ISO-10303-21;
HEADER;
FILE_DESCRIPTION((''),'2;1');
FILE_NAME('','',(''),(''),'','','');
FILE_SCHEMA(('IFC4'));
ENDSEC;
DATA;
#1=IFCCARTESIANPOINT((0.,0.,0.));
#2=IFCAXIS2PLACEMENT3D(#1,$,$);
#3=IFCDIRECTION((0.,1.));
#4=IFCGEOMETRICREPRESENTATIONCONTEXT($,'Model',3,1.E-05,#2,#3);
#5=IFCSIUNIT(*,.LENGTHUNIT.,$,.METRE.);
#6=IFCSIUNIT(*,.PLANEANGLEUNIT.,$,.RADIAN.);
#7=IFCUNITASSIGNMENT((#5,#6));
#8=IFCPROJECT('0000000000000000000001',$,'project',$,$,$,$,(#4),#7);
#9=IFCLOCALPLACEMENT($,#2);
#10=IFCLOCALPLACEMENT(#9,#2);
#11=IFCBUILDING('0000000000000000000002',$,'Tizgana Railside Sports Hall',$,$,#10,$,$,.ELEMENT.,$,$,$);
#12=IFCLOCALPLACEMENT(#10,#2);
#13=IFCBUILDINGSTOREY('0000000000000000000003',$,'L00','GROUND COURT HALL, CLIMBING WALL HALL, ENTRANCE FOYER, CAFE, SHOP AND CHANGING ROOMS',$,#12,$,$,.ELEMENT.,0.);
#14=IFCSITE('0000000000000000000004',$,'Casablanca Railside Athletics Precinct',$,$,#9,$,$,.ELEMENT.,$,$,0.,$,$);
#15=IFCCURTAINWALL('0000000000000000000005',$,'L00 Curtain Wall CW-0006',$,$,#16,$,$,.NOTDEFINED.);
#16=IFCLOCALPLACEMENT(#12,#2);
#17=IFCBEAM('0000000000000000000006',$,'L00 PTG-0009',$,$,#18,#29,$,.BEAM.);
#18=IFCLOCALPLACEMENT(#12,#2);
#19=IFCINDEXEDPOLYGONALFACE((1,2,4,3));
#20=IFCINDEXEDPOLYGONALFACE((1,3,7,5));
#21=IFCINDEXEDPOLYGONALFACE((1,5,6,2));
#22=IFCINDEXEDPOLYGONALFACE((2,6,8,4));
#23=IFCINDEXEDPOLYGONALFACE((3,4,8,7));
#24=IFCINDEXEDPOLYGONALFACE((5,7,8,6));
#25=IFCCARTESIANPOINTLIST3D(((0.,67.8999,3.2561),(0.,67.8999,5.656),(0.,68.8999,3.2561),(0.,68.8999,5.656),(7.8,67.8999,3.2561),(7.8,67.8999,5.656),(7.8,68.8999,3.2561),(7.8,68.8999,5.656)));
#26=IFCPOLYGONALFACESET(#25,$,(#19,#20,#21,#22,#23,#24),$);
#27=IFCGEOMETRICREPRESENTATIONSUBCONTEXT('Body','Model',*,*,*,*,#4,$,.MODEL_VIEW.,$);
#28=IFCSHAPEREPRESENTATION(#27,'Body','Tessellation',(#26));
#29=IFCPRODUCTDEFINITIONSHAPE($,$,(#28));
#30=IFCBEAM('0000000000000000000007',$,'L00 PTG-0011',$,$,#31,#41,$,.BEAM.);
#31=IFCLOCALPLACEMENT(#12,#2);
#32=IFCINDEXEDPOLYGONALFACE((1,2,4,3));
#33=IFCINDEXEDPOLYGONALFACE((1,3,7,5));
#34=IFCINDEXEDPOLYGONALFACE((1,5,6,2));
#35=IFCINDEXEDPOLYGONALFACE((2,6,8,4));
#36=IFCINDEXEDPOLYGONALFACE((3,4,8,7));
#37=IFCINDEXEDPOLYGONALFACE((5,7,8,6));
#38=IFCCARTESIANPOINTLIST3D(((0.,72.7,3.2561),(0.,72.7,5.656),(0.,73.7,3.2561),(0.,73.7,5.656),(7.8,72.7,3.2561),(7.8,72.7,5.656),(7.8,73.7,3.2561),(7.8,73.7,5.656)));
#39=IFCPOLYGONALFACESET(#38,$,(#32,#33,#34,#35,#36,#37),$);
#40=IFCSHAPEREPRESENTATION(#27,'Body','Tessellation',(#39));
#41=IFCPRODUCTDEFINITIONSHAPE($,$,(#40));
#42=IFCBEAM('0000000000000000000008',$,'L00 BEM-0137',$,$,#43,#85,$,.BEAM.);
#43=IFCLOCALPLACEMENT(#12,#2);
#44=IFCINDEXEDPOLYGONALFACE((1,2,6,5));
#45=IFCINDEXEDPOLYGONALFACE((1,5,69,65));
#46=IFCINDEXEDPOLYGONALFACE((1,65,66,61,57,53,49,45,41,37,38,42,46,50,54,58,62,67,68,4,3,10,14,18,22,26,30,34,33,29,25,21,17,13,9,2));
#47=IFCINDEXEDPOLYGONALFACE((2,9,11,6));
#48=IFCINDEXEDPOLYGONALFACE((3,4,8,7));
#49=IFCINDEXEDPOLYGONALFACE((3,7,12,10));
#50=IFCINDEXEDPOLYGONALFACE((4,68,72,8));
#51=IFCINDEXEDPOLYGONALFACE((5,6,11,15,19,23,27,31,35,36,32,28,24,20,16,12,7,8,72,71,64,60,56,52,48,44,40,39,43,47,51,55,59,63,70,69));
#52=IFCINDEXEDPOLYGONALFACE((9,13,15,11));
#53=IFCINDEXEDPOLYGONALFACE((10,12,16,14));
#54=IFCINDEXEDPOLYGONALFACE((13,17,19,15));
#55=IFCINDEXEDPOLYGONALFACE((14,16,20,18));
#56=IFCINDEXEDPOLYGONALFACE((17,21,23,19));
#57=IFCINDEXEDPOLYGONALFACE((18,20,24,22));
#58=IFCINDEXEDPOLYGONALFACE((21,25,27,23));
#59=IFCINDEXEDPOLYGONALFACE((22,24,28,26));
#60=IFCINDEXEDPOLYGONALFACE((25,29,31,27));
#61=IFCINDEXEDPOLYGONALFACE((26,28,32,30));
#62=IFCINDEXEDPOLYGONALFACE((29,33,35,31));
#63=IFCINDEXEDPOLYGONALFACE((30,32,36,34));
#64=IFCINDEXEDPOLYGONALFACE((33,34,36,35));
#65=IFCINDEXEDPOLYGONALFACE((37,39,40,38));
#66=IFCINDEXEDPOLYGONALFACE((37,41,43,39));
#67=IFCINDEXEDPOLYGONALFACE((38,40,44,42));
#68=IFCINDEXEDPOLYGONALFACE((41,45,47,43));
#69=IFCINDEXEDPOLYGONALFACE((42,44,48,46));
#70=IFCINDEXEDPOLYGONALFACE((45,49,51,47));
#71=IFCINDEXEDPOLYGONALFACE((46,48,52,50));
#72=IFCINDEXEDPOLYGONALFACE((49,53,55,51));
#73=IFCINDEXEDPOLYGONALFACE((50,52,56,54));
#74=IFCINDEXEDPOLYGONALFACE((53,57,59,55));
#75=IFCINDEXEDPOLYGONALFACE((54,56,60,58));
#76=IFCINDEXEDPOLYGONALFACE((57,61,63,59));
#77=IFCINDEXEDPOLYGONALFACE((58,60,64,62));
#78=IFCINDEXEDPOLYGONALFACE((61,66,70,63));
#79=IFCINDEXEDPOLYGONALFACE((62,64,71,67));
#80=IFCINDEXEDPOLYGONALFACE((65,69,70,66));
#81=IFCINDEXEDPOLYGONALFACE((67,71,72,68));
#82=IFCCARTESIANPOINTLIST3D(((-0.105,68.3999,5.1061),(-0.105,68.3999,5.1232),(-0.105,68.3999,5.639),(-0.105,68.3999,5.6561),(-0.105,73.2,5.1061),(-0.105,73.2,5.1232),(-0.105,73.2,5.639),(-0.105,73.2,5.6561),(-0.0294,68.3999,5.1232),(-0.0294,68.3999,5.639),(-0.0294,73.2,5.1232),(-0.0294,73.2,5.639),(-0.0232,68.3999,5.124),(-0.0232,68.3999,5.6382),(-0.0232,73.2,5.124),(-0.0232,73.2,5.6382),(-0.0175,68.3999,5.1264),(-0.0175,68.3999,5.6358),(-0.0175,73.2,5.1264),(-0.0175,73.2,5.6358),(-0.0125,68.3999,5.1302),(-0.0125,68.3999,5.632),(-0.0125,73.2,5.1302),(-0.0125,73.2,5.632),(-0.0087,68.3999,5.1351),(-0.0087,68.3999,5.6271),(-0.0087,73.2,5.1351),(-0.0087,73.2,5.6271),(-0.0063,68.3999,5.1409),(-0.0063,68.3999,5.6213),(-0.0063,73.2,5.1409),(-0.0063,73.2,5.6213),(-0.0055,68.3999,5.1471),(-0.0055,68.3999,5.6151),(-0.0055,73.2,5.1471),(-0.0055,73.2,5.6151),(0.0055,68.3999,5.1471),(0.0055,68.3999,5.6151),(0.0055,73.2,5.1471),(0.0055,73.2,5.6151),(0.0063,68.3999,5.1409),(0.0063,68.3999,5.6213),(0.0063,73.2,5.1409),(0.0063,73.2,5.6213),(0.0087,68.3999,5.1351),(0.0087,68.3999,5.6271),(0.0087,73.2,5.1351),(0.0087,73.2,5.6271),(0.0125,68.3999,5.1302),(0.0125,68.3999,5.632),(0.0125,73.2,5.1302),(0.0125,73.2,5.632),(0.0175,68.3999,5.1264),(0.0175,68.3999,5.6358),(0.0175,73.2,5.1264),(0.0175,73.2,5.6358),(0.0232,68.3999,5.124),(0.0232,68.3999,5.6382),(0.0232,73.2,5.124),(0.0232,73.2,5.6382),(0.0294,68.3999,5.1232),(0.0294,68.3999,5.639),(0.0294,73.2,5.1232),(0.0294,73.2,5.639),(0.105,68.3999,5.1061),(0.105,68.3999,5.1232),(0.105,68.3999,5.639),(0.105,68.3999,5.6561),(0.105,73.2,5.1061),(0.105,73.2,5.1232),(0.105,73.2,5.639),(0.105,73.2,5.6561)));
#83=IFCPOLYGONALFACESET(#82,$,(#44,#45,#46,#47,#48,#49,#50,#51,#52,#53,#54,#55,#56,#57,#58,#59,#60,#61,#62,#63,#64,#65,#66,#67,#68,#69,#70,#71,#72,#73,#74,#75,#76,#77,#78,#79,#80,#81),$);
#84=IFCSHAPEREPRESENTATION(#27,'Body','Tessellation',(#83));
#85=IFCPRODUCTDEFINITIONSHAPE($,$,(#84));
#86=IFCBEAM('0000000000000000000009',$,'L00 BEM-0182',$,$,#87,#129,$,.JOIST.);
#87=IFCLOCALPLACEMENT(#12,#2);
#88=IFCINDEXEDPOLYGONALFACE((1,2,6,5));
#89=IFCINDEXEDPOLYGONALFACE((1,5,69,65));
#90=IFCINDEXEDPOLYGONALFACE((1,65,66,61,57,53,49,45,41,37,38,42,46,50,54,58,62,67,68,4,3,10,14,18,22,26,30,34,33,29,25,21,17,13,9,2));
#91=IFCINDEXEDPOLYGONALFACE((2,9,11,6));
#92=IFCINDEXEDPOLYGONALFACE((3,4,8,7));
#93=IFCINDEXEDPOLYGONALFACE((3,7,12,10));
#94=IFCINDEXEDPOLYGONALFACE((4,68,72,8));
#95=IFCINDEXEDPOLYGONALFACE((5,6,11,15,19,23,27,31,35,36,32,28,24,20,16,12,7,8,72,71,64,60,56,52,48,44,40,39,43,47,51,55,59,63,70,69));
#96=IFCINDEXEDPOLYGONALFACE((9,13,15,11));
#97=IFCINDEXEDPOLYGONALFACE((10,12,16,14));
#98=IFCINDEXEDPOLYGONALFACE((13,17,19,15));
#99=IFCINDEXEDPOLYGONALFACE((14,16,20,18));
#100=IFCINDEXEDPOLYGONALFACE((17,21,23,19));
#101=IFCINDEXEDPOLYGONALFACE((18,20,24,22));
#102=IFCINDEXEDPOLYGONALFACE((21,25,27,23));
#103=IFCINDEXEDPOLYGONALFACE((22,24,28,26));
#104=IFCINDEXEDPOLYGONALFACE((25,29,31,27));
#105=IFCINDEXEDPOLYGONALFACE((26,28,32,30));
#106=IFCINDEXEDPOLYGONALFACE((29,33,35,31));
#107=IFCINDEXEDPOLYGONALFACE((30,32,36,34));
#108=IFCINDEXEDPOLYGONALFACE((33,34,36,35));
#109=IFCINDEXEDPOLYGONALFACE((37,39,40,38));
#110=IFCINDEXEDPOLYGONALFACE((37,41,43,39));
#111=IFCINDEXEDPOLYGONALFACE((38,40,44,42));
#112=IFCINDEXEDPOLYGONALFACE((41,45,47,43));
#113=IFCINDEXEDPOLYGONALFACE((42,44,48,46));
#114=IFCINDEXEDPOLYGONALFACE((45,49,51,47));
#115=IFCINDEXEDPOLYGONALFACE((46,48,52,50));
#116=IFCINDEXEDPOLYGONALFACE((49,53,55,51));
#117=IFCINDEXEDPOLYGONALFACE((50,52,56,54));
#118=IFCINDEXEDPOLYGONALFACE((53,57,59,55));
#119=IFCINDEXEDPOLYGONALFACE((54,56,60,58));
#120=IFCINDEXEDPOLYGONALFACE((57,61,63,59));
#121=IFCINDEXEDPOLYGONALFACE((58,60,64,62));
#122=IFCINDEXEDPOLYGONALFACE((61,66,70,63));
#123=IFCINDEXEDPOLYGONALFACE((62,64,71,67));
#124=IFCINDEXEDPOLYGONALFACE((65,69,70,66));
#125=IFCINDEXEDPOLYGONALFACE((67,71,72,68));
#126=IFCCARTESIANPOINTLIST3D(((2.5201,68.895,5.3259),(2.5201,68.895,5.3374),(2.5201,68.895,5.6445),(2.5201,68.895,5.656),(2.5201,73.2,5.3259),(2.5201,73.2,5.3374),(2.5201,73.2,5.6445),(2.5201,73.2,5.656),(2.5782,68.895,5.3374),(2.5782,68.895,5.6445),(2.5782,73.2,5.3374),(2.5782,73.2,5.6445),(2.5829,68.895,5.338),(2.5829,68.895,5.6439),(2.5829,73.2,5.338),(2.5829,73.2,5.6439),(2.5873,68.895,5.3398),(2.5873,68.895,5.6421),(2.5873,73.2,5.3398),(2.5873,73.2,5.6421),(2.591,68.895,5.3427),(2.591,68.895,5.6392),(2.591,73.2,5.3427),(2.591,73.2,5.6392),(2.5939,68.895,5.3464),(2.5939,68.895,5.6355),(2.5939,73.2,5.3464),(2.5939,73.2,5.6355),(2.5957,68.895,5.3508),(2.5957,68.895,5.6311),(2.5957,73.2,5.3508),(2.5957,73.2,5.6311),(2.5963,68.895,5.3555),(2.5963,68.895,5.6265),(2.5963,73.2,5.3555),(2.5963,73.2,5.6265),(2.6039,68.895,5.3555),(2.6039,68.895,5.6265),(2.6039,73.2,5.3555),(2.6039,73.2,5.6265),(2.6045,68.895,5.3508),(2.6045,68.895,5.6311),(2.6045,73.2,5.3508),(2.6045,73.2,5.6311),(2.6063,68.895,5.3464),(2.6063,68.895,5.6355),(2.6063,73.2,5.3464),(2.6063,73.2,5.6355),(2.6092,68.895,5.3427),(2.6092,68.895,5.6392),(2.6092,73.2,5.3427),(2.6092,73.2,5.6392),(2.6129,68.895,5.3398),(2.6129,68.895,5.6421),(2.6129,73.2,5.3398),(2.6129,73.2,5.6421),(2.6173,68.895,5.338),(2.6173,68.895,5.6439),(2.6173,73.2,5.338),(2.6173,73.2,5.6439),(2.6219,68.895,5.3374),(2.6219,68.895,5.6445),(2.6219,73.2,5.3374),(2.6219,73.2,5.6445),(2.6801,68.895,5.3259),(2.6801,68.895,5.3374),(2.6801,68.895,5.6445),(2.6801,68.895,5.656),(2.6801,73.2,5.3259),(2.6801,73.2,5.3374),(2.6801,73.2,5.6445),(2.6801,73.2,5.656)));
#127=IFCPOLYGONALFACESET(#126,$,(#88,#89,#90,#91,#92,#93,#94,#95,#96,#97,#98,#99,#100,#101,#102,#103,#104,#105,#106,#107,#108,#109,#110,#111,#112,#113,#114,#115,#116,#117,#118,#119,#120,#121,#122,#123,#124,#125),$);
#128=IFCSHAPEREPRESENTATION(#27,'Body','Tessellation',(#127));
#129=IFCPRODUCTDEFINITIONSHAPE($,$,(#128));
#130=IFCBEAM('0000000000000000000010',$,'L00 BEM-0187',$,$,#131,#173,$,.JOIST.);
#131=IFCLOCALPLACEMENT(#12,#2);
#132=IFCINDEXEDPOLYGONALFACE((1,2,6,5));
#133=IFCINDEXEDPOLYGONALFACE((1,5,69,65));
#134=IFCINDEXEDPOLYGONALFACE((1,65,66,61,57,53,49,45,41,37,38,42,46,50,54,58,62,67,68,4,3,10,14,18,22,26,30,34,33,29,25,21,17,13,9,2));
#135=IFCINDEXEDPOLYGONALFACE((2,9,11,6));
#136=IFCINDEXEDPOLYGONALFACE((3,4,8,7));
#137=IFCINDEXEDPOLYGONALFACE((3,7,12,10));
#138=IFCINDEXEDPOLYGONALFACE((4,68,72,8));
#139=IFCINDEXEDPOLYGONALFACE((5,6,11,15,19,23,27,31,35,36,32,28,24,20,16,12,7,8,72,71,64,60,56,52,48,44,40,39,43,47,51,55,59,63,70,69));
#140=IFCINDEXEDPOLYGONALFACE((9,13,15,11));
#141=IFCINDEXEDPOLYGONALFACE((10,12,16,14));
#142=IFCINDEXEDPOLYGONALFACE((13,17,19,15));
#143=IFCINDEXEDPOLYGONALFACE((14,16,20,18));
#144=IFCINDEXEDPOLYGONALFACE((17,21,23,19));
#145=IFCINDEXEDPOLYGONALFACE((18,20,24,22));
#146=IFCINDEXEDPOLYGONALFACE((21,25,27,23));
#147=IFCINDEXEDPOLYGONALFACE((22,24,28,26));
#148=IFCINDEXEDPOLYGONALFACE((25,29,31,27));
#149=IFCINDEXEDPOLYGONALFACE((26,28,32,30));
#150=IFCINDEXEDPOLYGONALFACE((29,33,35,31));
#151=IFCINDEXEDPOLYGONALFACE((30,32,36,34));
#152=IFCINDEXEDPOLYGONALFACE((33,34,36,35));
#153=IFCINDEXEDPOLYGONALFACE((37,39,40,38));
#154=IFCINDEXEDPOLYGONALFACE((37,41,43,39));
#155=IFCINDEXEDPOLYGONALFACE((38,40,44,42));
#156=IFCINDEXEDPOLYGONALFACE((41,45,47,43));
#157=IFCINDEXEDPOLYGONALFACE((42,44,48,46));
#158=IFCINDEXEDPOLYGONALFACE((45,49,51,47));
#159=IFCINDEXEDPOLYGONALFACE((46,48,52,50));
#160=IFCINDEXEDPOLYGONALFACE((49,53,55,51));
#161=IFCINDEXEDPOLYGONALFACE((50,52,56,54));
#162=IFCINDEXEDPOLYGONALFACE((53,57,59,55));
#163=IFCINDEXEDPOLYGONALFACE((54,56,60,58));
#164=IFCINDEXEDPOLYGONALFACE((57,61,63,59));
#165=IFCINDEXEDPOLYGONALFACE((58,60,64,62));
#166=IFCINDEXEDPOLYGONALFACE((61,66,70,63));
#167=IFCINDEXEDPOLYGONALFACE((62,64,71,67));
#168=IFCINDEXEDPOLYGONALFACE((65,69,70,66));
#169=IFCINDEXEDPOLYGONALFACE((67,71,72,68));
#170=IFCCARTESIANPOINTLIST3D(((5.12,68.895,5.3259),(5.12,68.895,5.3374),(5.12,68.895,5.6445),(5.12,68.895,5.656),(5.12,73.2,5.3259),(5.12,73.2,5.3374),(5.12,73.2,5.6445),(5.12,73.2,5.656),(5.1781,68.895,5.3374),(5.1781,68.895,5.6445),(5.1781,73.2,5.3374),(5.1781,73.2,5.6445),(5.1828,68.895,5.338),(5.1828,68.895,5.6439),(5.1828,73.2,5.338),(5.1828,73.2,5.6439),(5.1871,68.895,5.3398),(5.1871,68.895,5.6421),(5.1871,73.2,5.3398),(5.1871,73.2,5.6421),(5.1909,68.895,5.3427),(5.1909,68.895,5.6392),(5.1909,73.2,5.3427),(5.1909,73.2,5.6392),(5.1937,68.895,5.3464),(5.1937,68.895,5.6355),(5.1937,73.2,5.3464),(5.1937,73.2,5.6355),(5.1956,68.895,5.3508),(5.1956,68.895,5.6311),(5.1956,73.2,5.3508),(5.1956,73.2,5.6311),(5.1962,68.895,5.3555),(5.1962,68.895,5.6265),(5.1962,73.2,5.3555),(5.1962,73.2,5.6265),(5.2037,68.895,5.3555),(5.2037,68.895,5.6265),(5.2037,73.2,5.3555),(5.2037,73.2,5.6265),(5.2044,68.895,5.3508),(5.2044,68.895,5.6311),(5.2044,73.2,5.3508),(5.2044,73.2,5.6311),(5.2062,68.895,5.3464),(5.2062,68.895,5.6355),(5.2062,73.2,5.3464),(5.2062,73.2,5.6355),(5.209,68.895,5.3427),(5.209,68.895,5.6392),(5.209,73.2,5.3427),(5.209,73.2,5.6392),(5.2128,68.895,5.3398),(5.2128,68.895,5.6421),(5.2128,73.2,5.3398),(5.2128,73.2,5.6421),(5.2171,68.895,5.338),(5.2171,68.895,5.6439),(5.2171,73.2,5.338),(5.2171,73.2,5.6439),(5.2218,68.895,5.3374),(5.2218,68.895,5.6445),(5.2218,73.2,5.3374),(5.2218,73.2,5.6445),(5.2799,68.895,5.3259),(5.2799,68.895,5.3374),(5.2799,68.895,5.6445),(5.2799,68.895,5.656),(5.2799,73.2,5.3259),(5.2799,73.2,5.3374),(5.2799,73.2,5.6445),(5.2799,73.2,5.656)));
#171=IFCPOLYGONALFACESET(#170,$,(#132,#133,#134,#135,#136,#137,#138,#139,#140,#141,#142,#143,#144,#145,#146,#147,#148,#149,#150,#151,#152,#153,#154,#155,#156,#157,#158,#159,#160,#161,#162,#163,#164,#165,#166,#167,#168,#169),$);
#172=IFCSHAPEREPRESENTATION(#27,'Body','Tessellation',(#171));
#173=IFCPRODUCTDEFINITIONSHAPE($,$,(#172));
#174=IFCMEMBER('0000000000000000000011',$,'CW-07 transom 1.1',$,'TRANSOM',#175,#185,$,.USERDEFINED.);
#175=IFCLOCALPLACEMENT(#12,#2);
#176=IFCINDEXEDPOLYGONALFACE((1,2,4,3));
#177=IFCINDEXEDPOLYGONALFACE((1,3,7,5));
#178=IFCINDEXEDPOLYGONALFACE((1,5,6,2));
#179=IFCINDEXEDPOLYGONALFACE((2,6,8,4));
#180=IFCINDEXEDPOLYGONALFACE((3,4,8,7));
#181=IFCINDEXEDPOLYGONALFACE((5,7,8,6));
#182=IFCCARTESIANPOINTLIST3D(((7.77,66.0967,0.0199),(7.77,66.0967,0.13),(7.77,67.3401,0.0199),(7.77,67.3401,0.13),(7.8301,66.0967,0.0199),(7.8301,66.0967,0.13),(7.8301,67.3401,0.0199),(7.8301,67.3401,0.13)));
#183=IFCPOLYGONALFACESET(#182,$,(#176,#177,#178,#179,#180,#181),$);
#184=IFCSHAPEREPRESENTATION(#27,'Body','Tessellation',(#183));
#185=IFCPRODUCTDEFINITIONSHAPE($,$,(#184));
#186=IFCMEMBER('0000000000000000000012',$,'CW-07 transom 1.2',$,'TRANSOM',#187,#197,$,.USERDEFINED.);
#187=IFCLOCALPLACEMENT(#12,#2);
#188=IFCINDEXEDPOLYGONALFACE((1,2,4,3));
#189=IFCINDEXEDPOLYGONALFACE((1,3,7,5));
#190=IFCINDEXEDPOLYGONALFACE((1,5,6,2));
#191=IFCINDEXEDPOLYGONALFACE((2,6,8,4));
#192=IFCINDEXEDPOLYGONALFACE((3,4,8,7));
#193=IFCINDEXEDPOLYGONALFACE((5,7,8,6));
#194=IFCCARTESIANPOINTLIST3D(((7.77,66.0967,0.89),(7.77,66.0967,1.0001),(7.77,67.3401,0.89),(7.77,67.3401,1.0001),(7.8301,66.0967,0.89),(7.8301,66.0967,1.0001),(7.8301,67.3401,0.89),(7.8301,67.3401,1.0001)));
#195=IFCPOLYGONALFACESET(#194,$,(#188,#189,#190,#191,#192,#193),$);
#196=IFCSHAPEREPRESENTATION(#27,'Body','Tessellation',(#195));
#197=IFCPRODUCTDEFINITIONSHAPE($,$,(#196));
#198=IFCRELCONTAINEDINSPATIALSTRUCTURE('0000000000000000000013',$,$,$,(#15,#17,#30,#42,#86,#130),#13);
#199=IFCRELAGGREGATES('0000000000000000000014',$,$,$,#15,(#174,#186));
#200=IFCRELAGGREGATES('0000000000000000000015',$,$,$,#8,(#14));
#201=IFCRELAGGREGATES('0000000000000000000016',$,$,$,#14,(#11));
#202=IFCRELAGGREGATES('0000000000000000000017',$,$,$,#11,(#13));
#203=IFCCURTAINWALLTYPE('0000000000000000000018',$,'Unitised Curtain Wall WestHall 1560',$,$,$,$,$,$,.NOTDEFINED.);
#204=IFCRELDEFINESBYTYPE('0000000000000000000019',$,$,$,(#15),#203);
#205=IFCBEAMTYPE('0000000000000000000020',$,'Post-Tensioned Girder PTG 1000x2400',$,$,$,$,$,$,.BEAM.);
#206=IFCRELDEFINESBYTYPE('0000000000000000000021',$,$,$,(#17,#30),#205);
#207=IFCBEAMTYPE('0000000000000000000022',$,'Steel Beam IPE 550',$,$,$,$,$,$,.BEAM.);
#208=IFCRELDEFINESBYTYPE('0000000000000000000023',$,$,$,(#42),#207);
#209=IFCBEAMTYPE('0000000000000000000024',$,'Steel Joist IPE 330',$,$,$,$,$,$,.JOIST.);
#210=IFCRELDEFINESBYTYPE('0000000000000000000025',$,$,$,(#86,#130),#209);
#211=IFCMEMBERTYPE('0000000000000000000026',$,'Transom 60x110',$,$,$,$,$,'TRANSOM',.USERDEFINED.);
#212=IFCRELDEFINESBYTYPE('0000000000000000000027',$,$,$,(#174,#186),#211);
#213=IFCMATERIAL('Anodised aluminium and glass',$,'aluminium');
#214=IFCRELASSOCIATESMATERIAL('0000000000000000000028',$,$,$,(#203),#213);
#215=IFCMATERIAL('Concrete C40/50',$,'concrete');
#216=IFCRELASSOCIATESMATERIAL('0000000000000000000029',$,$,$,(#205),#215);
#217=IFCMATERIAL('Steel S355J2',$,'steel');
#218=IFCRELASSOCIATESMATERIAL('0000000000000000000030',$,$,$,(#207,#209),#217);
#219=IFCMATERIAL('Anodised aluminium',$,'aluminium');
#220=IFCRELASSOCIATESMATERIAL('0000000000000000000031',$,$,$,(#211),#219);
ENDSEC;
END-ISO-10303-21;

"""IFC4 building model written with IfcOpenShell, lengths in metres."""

from ifc_helpers import new_model, si_unit, direction, frame, origin, origin_2d, place, context, subcontext, project, spatial, rectangle, i_section, extrude, material, material_profile, profile_set, type_object, element, aggregate, save


model = new_model("IFC4")

# Units and contexts
model_context = context("Model", 3, precision=1e-05, world=origin(), true_north=direction((0.0, 1.0)))
body_context = subcontext(model_context, "Body", "Model", "MODEL_VIEW")
ifc_project = project(units=[si_unit("LENGTHUNIT", "METRE"), si_unit("PLANEANGLEUNIT", "RADIAN")], contexts=[model_context])

# Site, building, storey
site_placement = place(None, origin())
site = spatial("IfcSite", under=ifc_project, at=site_placement, Name="Casablanca Railside Athletics Precinct", CompositionType="ELEMENT", RefElevation=0.0)
building_placement = place(site_placement, origin())
building = spatial("IfcBuilding", under=site, at=building_placement, Name="Tizgana Railside Sports Hall", CompositionType="ELEMENT")
storey_placement = place(building_placement, origin())
storey = spatial("IfcBuildingStorey", under=building, at=storey_placement, Name="L00", Description="GROUND COURT HALL, CLIMBING WALL HALL, ENTRANCE FOYER, CAFE, SHOP AND CHANGING ROOMS", CompositionType="ELEMENT", Elevation=0.0)

# Shared definitions
ifc_material_1 = material(Name="Steel S355J2", Category="steel")

# Curtain wall
ifc_material_2 = material(Name="Anodised aluminium and glass", Category="aluminium")
curtain_wall_type = type_object("IfcCurtainWallType", Name="Unitised Curtain Wall WestHall 1560", PredefinedType="NOTDEFINED", material=ifc_material_2)
curtain_wall_placement = place(storey_placement, origin())
curtain_wall = element("IfcCurtainWall", 1, at=curtain_wall_placement, inside=storey, type_object=curtain_wall_type, Name="L00 Curtain Wall CW-0006", PredefinedType="NOTDEFINED")
ifc_material_3 = material(Name="Anodised aluminium", Category="aluminium")

# Beams
ifc_material_4 = material(Name="Concrete C40/50", Category="concrete")
ifc_material_profile_1 = material_profile(ifc_material_4, rectangle(XDim=1.0, YDim=2.3999, at=origin_2d()), Name="PTG 1000x2400")
ifc_profile_set_1 = profile_set([ifc_material_profile_1], Name="Concrete C40/50")
beam_type_1 = type_object("IfcBeamType", Name="Post-Tensioned Girder PTG 1000x2400", PredefinedType="BEAM", material=ifc_profile_set_1)
for number, where, z_axis, x_axis, name in (
    (2, (0.0, 68.3999, 4.4561), (1.0, 0.0, 0.0), (0.0, 1.0, 0.0), "L00 PTG-0009"),
    (3, (0.0, 73.2, 4.4561), (1.0, 0.0, 0.0), (0.0, 1.0, 0.0), "L00 PTG-0011"),
):
    element("IfcBeam", number, at=place(storey_placement, frame(where, z_axis=z_axis, x_axis=x_axis)), inside=storey, type_object=beam_type_1, Name=name, PredefinedType="BEAM", context=body_context, shape_type="SweptSolid", body=[
        extrude(rectangle(XDim=1.0, YDim=2.3999, at=origin_2d()), origin(), (0.0, 0.0, 1.0), 7.8),
    ])
ifc_material_profile_2 = material_profile(ifc_material_1, i_section(OverallWidth=0.21, OverallDepth=0.55, WebThickness=0.011, FlangeThickness=0.0171, FilletRadius=0.0239, at=origin_2d()), Name="IPE 550")
ifc_profile_set_2 = profile_set([ifc_material_profile_2], Name="Steel S355J2")
beam_type_2 = type_object("IfcBeamType", Name="Steel Beam IPE 550", PredefinedType="BEAM", material=ifc_profile_set_2)
beam_placement = place(storey_placement, frame((0.0, 68.3999, 5.3811), z_axis=(0.0, 1.0, 0.0), x_axis=(-1.0, 0.0, 0.0)))
element("IfcBeam", 4, at=beam_placement, inside=storey, type_object=beam_type_2, Name="L00 BEM-0137", PredefinedType="BEAM", context=body_context, shape_type="SweptSolid", body=[
    extrude(i_section(OverallWidth=0.21, OverallDepth=0.55, WebThickness=0.011, FlangeThickness=0.0171, FilletRadius=0.0239, at=origin_2d()), origin(), (0.0, 0.0, 1.0), 4.8),
])
ifc_material_profile_3 = material_profile(ifc_material_1, i_section(OverallWidth=0.1599, OverallDepth=0.3301, WebThickness=0.0076, FlangeThickness=0.0115, FilletRadius=0.0181, at=origin_2d()), Name="IPE 330")
ifc_profile_set_3 = profile_set([ifc_material_profile_3], Name="Steel S355J2")
beam_type_3 = type_object("IfcBeamType", Name="Steel Joist IPE 330", PredefinedType="JOIST", material=ifc_profile_set_3)
for number, where, z_axis, x_axis, name in (
    (5, (2.6001, 68.895, 5.491), (0.0, 1.0, 0.0), (-1.0, 0.0, 0.0), "L00 BEM-0182"),
    (6, (5.2, 68.895, 5.491), (0.0, 1.0, 0.0), (-1.0, 0.0, 0.0), "L00 BEM-0187"),
):
    element("IfcBeam", number, at=place(storey_placement, frame(where, z_axis=z_axis, x_axis=x_axis)), inside=storey, type_object=beam_type_3, Name=name, PredefinedType="JOIST", context=body_context, shape_type="SweptSolid", body=[
        extrude(i_section(OverallWidth=0.1599, OverallDepth=0.3301, WebThickness=0.0076, FlangeThickness=0.0115, FilletRadius=0.0181, at=origin_2d()), origin(), (0.0, 0.0, 1.0), 4.3049),
    ])

# Members
ifc_material_profile_4 = material_profile(ifc_material_3, rectangle(XDim=0.0601, YDim=0.1101, at=origin_2d()), Name="Transom 60x110")
ifc_profile_set_4 = profile_set([ifc_material_profile_4], Name="Anodised aluminium")
member_type_1 = type_object("IfcMemberType", Name="Transom 60x110", ElementType="TRANSOM", PredefinedType="USERDEFINED", material=ifc_profile_set_4)
member_1_placement = place(storey_placement, frame((7.8, 67.3401, 0.075), z_axis=(0.0, -1.0, 0.0), x_axis=(1.0, 0.0, 0.0)))
member_1 = element("IfcMember", 7, at=member_1_placement, type_object=member_type_1, Name="CW-07 transom 1.1", ObjectType="TRANSOM", PredefinedType="USERDEFINED", context=body_context, shape_type="SweptSolid", body=[
    extrude(rectangle(XDim=0.0601, YDim=0.1101, at=origin_2d()), origin(), (0.0, 0.0, 1.0), 1.2434),
])
member_2_placement = place(storey_placement, frame((7.8, 67.3401, 0.9451), z_axis=(0.0, -1.0, 0.0), x_axis=(1.0, 0.0, 0.0)))
member_2 = element("IfcMember", 8, at=member_2_placement, type_object=member_type_1, Name="CW-07 transom 1.2", ObjectType="TRANSOM", PredefinedType="USERDEFINED", context=body_context, shape_type="SweptSolid", body=[
    extrude(rectangle(XDim=0.0601, YDim=0.1101, at=origin_2d()), origin(), (0.0, 0.0, 1.0), 1.2434),
])

aggregate(curtain_wall, [member_1, member_2])

save(model, "model.ifc")
